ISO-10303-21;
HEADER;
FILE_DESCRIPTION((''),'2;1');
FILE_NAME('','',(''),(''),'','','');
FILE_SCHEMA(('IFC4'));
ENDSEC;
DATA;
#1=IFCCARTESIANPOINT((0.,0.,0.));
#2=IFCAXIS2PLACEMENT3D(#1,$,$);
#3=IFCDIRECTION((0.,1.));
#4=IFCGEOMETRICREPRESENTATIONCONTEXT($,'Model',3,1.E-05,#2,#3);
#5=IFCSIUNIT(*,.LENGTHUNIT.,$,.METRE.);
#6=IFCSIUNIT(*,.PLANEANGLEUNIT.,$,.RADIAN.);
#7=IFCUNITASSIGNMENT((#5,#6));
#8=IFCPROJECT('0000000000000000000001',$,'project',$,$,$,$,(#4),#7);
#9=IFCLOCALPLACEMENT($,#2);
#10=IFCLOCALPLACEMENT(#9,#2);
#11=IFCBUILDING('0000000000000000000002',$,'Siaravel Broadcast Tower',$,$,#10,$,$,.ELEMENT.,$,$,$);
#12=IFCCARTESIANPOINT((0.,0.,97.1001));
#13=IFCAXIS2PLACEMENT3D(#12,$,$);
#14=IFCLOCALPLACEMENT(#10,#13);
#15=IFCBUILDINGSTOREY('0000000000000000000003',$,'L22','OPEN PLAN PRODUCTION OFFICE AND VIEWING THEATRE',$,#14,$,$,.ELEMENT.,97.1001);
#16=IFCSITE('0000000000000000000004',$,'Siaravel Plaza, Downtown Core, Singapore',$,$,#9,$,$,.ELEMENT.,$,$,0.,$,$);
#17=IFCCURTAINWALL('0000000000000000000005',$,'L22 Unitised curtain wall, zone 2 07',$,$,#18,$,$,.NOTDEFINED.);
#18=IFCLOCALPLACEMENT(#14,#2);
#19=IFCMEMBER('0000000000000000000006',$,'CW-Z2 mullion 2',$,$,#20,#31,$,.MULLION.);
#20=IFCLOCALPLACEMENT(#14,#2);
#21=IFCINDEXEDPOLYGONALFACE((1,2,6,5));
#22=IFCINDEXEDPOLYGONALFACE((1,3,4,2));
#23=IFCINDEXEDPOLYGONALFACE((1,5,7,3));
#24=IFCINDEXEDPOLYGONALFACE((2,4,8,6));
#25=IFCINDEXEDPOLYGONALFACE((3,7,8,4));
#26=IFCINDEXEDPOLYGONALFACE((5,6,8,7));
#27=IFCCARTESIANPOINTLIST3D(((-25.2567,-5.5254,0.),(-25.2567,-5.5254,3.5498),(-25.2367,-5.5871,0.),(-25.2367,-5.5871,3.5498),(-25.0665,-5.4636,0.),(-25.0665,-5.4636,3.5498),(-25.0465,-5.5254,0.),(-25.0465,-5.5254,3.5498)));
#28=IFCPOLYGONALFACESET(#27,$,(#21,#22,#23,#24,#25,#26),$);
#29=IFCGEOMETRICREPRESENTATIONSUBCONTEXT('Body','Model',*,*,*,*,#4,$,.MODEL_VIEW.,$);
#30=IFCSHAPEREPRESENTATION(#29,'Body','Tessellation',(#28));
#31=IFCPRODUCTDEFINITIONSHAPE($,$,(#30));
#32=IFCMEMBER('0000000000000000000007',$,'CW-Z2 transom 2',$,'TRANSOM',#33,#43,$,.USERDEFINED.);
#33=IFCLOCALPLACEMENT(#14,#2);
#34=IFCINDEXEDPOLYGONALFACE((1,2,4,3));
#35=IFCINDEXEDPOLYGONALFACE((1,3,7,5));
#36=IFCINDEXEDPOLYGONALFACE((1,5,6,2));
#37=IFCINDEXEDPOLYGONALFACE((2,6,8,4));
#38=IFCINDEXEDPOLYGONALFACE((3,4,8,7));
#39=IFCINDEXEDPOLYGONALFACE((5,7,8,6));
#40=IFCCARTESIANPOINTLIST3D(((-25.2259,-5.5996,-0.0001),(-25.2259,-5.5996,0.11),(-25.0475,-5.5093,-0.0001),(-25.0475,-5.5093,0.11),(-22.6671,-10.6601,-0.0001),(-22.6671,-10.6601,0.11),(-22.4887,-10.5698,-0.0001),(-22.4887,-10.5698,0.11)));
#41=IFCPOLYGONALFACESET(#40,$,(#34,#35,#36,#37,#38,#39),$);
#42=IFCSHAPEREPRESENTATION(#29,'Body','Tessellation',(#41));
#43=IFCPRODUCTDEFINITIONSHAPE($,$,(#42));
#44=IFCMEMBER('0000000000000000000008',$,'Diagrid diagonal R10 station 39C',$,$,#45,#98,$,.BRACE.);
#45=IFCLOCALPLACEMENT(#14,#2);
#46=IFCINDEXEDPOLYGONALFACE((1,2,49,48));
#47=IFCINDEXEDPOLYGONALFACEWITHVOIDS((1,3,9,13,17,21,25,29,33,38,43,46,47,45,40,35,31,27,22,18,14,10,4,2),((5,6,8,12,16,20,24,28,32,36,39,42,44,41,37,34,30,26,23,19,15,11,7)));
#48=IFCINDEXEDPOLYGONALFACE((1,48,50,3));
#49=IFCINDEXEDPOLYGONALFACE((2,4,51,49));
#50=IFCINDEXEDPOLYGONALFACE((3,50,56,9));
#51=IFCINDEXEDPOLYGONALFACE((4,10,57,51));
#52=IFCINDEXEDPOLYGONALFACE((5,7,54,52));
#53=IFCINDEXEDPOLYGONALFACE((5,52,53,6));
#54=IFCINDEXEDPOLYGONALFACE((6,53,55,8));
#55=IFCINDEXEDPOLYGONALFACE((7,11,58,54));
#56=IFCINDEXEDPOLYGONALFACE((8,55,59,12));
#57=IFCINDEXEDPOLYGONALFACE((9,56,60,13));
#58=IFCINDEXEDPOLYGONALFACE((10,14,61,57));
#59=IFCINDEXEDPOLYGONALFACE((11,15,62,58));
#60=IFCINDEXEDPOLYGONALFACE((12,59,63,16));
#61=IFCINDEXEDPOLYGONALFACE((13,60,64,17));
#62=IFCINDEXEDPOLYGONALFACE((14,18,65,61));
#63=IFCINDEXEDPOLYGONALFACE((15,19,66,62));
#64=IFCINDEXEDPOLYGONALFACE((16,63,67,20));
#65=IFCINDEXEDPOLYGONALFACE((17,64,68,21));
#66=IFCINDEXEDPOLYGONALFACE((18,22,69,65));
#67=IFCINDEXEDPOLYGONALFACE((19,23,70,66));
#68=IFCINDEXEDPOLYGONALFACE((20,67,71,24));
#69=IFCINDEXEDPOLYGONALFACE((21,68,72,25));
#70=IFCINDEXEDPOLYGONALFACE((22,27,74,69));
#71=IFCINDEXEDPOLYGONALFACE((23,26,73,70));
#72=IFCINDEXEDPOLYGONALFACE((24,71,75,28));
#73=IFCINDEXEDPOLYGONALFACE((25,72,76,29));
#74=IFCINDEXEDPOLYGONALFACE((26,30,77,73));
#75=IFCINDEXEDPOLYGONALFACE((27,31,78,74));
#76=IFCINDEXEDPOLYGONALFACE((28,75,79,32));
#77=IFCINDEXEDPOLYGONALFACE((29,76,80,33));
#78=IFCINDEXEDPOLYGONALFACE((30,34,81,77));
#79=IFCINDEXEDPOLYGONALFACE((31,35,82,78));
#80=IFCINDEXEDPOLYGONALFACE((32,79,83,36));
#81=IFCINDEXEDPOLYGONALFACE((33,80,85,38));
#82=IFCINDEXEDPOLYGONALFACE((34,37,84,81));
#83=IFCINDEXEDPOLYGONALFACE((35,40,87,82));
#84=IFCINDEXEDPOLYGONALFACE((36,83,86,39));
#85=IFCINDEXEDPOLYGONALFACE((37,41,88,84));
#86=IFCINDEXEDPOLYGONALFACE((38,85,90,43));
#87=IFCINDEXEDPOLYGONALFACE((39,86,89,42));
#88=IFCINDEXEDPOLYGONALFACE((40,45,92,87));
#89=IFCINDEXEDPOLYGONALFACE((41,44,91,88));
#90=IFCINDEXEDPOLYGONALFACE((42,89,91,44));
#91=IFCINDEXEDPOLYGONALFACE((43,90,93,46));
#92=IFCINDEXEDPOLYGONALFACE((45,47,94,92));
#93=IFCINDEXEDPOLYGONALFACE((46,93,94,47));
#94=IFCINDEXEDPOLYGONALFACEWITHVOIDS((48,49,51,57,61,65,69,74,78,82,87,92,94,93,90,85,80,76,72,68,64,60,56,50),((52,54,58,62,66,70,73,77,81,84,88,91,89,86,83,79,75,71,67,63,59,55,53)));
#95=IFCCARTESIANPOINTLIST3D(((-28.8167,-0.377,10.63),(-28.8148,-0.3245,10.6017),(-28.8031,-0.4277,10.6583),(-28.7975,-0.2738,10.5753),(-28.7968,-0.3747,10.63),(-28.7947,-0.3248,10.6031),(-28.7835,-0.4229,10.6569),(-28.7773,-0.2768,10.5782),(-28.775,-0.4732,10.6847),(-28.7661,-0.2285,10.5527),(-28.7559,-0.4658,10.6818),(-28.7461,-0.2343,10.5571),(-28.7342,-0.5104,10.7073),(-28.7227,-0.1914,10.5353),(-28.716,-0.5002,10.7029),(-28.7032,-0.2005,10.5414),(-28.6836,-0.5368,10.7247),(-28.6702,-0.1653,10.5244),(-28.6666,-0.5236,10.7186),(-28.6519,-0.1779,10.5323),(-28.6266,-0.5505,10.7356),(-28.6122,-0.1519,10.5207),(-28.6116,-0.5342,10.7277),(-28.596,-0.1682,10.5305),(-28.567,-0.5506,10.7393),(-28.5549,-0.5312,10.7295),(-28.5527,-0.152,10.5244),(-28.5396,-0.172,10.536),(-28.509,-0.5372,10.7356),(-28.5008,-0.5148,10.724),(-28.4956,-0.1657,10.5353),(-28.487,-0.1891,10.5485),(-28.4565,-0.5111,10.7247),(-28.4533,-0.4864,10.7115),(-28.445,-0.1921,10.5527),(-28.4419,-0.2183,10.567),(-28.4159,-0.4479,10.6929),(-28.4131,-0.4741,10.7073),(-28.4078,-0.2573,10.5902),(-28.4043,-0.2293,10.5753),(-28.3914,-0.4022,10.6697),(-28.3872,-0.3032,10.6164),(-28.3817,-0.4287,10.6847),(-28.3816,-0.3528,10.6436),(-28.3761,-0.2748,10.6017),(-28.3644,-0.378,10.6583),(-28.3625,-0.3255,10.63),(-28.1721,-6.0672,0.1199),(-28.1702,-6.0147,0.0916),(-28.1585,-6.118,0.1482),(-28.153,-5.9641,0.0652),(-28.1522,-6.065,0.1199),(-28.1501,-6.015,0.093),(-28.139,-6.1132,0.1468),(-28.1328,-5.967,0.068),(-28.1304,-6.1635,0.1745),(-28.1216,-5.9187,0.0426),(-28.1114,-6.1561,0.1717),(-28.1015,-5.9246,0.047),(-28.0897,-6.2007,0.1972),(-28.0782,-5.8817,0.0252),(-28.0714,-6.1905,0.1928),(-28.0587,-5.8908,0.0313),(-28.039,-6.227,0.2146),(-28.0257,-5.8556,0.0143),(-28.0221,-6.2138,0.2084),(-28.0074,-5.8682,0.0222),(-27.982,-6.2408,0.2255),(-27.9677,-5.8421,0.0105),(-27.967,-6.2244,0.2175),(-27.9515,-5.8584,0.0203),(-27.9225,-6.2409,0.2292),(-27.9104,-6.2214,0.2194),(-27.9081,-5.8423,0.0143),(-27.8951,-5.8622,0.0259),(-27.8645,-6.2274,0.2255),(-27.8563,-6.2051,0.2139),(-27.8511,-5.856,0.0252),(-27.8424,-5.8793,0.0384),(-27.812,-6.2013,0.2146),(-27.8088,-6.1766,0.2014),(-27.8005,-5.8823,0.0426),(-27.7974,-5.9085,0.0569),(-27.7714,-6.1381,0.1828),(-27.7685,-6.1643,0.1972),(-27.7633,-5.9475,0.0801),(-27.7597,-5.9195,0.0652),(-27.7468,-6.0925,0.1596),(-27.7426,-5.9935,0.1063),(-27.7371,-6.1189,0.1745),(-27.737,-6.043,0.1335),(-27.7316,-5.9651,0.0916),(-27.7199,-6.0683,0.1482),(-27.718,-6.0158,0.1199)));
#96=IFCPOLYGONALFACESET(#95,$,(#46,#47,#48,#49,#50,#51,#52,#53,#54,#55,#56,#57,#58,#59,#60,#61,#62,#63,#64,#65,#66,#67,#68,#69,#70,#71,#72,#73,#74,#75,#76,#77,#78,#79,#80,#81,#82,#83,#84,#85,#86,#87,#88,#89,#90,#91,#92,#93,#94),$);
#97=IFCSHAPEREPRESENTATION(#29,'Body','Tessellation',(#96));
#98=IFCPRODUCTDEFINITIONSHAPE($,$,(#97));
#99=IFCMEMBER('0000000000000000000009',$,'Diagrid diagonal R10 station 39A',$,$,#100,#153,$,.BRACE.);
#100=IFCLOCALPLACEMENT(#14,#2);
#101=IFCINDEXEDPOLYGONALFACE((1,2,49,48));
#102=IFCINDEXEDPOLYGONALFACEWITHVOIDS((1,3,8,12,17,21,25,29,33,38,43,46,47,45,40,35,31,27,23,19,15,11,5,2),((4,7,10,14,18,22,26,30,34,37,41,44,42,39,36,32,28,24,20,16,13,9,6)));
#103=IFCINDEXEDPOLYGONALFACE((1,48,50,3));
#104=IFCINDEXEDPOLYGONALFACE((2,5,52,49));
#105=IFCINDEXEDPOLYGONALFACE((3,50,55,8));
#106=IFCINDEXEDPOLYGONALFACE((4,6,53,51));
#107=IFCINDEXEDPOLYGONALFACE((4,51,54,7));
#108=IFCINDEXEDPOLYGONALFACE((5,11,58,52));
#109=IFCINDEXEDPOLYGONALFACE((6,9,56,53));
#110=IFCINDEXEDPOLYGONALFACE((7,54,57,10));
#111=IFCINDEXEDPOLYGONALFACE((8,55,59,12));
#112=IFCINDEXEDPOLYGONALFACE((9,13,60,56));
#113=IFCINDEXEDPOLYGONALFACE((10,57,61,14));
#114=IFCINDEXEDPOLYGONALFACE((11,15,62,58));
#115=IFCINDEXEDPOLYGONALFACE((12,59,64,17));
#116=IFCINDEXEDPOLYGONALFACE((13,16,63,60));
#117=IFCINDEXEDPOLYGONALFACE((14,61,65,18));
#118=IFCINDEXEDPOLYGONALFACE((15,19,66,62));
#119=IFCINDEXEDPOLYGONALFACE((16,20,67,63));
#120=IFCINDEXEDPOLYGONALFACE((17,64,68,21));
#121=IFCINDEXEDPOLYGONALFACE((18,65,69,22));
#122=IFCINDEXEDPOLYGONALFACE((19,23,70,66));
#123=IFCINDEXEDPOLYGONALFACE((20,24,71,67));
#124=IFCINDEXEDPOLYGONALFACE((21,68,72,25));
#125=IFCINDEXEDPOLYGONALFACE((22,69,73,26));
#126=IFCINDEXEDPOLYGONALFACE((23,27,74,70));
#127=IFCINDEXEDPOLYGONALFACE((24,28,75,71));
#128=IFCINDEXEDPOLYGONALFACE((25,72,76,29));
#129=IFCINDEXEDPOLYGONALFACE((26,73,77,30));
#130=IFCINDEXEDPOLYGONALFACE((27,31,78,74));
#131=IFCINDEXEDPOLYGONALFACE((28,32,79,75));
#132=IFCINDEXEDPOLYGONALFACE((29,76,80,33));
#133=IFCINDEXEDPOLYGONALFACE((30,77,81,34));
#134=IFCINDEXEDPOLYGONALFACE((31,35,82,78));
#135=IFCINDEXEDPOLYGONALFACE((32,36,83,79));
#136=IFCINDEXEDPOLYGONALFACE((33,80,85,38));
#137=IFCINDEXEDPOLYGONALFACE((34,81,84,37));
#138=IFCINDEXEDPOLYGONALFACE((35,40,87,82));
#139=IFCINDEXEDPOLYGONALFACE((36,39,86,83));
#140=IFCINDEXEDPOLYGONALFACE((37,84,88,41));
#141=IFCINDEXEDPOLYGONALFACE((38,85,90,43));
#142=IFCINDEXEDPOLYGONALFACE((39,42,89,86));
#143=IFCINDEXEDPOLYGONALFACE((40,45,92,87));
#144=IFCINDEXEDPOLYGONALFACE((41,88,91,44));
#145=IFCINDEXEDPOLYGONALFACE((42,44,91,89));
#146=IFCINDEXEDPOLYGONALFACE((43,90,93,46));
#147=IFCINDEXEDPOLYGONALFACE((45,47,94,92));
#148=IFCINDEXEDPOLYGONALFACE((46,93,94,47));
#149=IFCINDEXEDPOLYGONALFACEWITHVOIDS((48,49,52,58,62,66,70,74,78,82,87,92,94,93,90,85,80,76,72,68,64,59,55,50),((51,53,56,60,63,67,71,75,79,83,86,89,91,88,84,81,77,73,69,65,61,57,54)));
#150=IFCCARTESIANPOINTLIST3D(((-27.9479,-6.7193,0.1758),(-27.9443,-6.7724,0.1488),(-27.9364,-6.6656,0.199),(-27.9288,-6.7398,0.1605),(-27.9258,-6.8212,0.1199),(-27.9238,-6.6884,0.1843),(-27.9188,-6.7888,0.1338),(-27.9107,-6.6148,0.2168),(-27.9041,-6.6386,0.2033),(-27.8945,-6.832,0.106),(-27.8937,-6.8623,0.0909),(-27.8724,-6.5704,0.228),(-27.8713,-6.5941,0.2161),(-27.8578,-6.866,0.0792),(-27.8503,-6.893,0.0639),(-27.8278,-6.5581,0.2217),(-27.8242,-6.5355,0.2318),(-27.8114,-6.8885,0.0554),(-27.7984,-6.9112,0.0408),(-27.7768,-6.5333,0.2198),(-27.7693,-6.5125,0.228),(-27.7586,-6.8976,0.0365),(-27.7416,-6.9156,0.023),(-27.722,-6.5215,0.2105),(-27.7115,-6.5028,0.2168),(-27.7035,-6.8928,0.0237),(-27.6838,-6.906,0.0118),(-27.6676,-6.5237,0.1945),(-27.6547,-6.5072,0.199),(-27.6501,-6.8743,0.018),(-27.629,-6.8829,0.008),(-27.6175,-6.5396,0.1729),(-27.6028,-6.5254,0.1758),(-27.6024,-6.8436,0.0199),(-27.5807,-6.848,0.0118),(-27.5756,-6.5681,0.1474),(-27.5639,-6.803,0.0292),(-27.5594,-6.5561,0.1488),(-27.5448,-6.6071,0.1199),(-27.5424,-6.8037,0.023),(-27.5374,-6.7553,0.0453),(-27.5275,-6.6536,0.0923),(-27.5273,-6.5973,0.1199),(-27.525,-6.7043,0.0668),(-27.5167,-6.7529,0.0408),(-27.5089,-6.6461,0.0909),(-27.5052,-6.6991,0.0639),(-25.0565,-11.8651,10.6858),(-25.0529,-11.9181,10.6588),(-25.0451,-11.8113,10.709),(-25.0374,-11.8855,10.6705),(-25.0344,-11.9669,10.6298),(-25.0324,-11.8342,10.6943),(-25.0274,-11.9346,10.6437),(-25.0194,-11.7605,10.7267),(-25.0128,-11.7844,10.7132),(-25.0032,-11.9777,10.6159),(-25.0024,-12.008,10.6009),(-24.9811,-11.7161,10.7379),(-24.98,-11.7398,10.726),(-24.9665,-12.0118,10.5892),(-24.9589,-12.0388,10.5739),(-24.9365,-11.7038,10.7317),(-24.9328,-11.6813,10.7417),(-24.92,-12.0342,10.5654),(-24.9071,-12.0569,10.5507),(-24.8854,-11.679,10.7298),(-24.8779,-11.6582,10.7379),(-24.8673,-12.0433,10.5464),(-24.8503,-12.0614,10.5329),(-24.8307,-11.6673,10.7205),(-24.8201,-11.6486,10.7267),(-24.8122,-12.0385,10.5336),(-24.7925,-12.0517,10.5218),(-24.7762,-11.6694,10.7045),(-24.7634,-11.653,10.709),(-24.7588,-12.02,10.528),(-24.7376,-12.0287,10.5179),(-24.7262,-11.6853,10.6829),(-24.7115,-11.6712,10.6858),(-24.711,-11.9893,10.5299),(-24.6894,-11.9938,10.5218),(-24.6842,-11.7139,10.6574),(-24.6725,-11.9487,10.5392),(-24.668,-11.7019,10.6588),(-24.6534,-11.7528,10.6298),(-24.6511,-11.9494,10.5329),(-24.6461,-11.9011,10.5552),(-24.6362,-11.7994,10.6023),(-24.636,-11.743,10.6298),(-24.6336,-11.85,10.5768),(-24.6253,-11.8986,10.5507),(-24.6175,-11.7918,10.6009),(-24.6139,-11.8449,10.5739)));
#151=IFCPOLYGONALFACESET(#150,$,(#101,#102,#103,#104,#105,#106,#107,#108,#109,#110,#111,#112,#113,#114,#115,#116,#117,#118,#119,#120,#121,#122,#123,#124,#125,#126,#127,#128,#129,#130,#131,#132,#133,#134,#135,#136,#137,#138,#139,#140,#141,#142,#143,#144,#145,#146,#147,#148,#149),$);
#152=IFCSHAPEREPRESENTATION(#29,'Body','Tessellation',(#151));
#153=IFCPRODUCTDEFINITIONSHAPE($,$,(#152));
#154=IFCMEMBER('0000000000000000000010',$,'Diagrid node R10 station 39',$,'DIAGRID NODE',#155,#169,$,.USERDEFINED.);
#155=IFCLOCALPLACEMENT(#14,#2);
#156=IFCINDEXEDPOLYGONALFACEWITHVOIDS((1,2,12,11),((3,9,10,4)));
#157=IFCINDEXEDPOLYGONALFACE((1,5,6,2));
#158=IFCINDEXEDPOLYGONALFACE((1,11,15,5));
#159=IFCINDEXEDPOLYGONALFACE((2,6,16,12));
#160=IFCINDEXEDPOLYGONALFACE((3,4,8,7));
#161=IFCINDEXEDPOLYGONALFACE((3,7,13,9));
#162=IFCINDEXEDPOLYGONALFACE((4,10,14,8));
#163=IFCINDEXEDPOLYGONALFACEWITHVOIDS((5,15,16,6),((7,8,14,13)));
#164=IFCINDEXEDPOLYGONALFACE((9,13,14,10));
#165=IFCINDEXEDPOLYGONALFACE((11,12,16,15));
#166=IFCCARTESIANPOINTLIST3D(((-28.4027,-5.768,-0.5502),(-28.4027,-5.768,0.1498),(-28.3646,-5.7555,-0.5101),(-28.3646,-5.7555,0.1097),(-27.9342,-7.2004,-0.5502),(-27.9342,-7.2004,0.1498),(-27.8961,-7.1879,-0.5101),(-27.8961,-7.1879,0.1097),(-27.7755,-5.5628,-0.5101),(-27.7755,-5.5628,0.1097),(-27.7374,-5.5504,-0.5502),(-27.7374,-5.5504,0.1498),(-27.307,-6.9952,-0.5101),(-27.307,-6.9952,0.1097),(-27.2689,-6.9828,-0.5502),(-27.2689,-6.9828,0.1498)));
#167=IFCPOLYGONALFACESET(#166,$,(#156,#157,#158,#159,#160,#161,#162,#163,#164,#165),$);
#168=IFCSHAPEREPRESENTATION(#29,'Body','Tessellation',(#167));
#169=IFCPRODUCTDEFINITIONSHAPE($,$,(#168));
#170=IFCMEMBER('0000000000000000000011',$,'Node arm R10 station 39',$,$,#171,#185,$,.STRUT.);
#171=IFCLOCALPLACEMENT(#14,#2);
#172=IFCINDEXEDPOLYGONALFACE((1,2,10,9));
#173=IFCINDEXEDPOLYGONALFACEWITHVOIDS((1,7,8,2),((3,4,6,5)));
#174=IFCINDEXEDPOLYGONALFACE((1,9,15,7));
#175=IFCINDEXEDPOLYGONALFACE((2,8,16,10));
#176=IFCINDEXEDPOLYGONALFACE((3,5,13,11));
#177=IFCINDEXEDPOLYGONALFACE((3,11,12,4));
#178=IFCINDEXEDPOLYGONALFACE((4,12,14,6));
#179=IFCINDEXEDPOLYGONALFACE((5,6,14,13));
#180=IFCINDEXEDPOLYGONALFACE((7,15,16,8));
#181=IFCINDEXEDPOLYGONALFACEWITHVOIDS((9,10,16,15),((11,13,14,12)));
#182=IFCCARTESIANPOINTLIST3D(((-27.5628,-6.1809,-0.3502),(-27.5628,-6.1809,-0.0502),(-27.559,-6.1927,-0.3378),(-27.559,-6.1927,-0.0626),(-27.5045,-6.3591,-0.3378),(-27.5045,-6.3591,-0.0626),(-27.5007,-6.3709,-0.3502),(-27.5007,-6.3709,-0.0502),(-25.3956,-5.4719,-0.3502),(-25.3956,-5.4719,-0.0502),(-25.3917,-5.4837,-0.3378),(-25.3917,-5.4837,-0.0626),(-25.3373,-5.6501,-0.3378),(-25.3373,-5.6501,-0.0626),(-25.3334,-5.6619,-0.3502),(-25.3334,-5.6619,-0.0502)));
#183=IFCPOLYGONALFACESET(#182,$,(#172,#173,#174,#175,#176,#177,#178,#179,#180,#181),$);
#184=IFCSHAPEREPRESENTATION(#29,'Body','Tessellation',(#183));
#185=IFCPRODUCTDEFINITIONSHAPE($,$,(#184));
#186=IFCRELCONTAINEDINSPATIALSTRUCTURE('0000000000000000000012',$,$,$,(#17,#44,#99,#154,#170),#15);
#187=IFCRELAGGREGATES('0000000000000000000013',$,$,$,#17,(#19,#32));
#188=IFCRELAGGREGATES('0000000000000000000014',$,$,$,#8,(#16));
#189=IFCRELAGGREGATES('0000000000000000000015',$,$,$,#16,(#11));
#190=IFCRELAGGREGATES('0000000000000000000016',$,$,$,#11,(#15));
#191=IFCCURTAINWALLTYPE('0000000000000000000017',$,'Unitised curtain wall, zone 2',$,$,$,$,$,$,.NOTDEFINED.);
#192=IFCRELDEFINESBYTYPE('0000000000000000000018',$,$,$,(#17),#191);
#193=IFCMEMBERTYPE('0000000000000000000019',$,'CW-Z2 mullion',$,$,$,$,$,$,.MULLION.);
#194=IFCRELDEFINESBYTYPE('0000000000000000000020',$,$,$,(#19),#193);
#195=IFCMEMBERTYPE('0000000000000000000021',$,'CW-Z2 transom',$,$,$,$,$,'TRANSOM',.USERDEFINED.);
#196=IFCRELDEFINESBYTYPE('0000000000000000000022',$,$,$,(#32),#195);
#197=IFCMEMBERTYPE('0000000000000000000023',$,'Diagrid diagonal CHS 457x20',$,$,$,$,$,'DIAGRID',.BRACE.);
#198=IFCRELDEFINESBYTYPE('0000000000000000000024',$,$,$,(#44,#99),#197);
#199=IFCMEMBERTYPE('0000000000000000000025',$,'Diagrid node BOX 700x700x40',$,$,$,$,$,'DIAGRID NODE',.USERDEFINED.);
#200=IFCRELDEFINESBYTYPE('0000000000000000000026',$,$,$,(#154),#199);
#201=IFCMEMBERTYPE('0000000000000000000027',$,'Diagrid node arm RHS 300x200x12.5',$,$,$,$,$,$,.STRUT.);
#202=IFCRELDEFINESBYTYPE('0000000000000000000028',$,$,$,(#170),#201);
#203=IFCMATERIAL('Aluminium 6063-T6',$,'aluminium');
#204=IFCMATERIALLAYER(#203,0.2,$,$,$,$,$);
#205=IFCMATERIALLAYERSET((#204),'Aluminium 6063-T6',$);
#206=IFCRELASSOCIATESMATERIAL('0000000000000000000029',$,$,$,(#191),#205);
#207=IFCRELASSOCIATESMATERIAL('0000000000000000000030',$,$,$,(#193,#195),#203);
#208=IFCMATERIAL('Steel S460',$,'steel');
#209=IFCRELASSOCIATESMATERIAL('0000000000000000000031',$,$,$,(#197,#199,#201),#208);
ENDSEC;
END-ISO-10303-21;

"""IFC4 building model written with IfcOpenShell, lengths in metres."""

from ifc_helpers import new_model, si_unit, direction, frame, origin, origin_2d, place, context, subcontext, project, spatial, rectangle, hollow_rectangle, hollow_circle, extrude, material, layer, layer_set, material_profile, profile_set, type_object, element, aggregate, save


model = new_model("IFC4")

# Units and contexts
model_context = context("Model", 3, precision=1e-05, world=origin(), true_north=direction((0.0, 1.0)))
body_context = subcontext(model_context, "Body", "Model", "MODEL_VIEW")
ifc_project = project(units=[si_unit("LENGTHUNIT", "METRE"), si_unit("PLANEANGLEUNIT", "RADIAN")], contexts=[model_context])

# Site, building, storey
site_placement = place(None, origin())
site = spatial("IfcSite", under=ifc_project, at=site_placement, Name="Siaravel Plaza, Downtown Core, Singapore", CompositionType="ELEMENT", RefElevation=0.0)
building_placement = place(site_placement, origin())
building = spatial("IfcBuilding", under=site, at=building_placement, Name="Siaravel Broadcast Tower", CompositionType="ELEMENT")
storey_placement = place(building_placement, frame((0.0, 0.0, 97.1001)))
storey = spatial("IfcBuildingStorey", under=building, at=storey_placement, Name="L22", Description="OPEN PLAN PRODUCTION OFFICE AND VIEWING THEATRE", CompositionType="ELEMENT", Elevation=97.1001)

# Curtain wall, members
ifc_material_1 = material(Name="Aluminium 6063-T6", Category="aluminium")
ifc_layer_1 = layer(ifc_material_1, 0.2)
ifc_layer_set_1 = layer_set([ifc_layer_1], Name="Aluminium 6063-T6")
curtain_wall_type = type_object("IfcCurtainWallType", Name="Unitised curtain wall, zone 2", PredefinedType="NOTDEFINED", material=ifc_layer_set_1)
curtain_wall_placement = place(storey_placement, origin())
curtain_wall = element("IfcCurtainWall", 1, at=curtain_wall_placement, inside=storey, type_object=curtain_wall_type, Name="L22 Unitised curtain wall, zone 2 07", PredefinedType="NOTDEFINED")
ifc_material_profile_1 = material_profile(ifc_material_1, rectangle(XDim=0.2, YDim=0.0649, at=origin_2d()))
ifc_profile_set_1 = profile_set([ifc_material_profile_1], Name="Aluminium 6063-T6")
member_type_1 = type_object("IfcMemberType", Name="CW-Z2 mullion", PredefinedType="MULLION", material=ifc_profile_set_1)
member_1_placement = place(storey_placement, frame((-25.1516, -5.5254, 0.0), z_axis=(0.0, 0.0, 1.0), x_axis=(0.951177, 0.308646, 0.0)))
member_1 = element("IfcMember", 2, at=member_1_placement, type_object=member_type_1, Name="CW-Z2 mullion 2", PredefinedType="MULLION", context=body_context, shape_type="SweptSolid", body=[
    extrude(rectangle(XDim=0.2, YDim=0.0649, at=origin_2d()), origin(), (0.0, 0.0, 1.0), 3.5498),
])
ifc_material_profile_2 = material_profile(ifc_material_1, rectangle(XDim=0.2, YDim=0.1101, at=origin_2d()))
ifc_profile_set_2 = profile_set([ifc_material_profile_2], Name="Aluminium 6063-T6")
member_type_2 = type_object("IfcMemberType", Name="CW-Z2 transom", ElementType="TRANSOM", PredefinedType="USERDEFINED", material=ifc_profile_set_2)
member_2_placement = place(storey_placement, frame((-25.1367, -5.5544, 0.0549), z_axis=(0.451239, -0.892403, 0.0), x_axis=(0.892403, 0.451239, 0.0)))
member_2 = element("IfcMember", 3, at=member_2_placement, type_object=member_type_2, Name="CW-Z2 transom 2", ObjectType="TRANSOM", PredefinedType="USERDEFINED", context=body_context, shape_type="SweptSolid", body=[
    extrude(rectangle(XDim=0.2, YDim=0.1101, at=origin_2d()), origin(), (0.0, 0.0, 1.0), 5.6707),
])

# Members
ifc_material_2 = material(Name="Steel S460", Category="steel")
ifc_material_profile_3 = material_profile(ifc_material_2, hollow_circle(Radius=0.2285, WallThickness=0.02, at=origin_2d()))
ifc_profile_set_3 = profile_set([ifc_material_profile_3], Name="Steel S460")
member_type_3 = type_object("IfcMemberType", Name="Diagrid diagonal CHS 457x20", ElementType="DIAGRID", PredefinedType="BRACE", material=ifc_profile_set_3)
member_3_placement = place(storey_placement, frame((-27.9451, -6.0415, 0.1199), z_axis=(-0.053851, 0.475415, 0.878112), x_axis=(-0.993646, -0.112551, 0.0)))
element("IfcMember", 4, at=member_3_placement, inside=storey, type_object=member_type_3, Name="Diagrid diagonal R10 station 39C", PredefinedType="BRACE", context=body_context, shape_type="SweptSolid", body=[
    extrude(hollow_circle(Radius=0.2285, WallThickness=0.02, at=origin_2d()), origin(), (0.0, 0.0, 1.0), 11.969),
])
member_4_placement = place(storey_placement, frame((-27.7266, -6.7092, 0.1199), z_axis=(0.239867, -0.426892, 0.87191), x_axis=(0.871802, 0.489859, 0.0)))
element("IfcMember", 5, at=member_4_placement, inside=storey, type_object=member_type_3, Name="Diagrid diagonal R10 station 39A", PredefinedType="BRACE", context=body_context, shape_type="SweptSolid", body=[
    extrude(hollow_circle(Radius=0.2285, WallThickness=0.02, at=origin_2d()), origin(), (0.0, 0.0, 1.0), 12.054),
])
ifc_material_profile_4 = material_profile(ifc_material_2, hollow_rectangle(XDim=0.7, YDim=0.7, WallThickness=0.04, at=origin_2d()))
ifc_profile_set_4 = profile_set([ifc_material_profile_4], Name="Steel S460")
member_type_4 = type_object("IfcMemberType", Name="Diagrid node BOX 700x700x40", ElementType="DIAGRID NODE", PredefinedType="USERDEFINED", material=ifc_profile_set_4)
member_5_placement = place(storey_placement, frame((-28.0701, -5.6592, -0.2002), z_axis=(0.310877, -0.95045, 0.0), x_axis=(0.95045, 0.310877, 0.0)))
element("IfcMember", 6, at=member_5_placement, inside=storey, type_object=member_type_4, Name="Diagrid node R10 station 39", ObjectType="DIAGRID NODE", PredefinedType="USERDEFINED", context=body_context, shape_type="SweptSolid", body=[
    extrude(hollow_rectangle(XDim=0.7, YDim=0.7, WallThickness=0.04, at=origin_2d()), origin(), (0.0, 0.0, 1.0), 1.5071),
])
ifc_material_profile_5 = material_profile(ifc_material_2, hollow_rectangle(XDim=0.2, YDim=0.3, WallThickness=0.0125, at=origin_2d()))
ifc_profile_set_5 = profile_set([ifc_material_profile_5], Name="Steel S460")
member_type_5 = type_object("IfcMemberType", Name="Diagrid node arm RHS 300x200x12.5", PredefinedType="STRUT", material=ifc_profile_set_5)
member_6_placement = place(storey_placement, frame((-25.3645, -5.5669, -0.2002), z_axis=(-0.950435, -0.310923, 0.0), x_axis=(0.310923, -0.950435, 0.0)))
element("IfcMember", 7, at=member_6_placement, inside=storey, type_object=member_type_5, Name="Node arm R10 station 39", PredefinedType="STRUT", context=body_context, shape_type="SweptSolid", body=[
    extrude(hollow_rectangle(XDim=0.2, YDim=0.3, WallThickness=0.0125, at=origin_2d()), origin(), (0.0, 0.0, 1.0), 2.2803),
])

aggregate(curtain_wall, [member_1, member_2])

save(model, "model.ifc")
